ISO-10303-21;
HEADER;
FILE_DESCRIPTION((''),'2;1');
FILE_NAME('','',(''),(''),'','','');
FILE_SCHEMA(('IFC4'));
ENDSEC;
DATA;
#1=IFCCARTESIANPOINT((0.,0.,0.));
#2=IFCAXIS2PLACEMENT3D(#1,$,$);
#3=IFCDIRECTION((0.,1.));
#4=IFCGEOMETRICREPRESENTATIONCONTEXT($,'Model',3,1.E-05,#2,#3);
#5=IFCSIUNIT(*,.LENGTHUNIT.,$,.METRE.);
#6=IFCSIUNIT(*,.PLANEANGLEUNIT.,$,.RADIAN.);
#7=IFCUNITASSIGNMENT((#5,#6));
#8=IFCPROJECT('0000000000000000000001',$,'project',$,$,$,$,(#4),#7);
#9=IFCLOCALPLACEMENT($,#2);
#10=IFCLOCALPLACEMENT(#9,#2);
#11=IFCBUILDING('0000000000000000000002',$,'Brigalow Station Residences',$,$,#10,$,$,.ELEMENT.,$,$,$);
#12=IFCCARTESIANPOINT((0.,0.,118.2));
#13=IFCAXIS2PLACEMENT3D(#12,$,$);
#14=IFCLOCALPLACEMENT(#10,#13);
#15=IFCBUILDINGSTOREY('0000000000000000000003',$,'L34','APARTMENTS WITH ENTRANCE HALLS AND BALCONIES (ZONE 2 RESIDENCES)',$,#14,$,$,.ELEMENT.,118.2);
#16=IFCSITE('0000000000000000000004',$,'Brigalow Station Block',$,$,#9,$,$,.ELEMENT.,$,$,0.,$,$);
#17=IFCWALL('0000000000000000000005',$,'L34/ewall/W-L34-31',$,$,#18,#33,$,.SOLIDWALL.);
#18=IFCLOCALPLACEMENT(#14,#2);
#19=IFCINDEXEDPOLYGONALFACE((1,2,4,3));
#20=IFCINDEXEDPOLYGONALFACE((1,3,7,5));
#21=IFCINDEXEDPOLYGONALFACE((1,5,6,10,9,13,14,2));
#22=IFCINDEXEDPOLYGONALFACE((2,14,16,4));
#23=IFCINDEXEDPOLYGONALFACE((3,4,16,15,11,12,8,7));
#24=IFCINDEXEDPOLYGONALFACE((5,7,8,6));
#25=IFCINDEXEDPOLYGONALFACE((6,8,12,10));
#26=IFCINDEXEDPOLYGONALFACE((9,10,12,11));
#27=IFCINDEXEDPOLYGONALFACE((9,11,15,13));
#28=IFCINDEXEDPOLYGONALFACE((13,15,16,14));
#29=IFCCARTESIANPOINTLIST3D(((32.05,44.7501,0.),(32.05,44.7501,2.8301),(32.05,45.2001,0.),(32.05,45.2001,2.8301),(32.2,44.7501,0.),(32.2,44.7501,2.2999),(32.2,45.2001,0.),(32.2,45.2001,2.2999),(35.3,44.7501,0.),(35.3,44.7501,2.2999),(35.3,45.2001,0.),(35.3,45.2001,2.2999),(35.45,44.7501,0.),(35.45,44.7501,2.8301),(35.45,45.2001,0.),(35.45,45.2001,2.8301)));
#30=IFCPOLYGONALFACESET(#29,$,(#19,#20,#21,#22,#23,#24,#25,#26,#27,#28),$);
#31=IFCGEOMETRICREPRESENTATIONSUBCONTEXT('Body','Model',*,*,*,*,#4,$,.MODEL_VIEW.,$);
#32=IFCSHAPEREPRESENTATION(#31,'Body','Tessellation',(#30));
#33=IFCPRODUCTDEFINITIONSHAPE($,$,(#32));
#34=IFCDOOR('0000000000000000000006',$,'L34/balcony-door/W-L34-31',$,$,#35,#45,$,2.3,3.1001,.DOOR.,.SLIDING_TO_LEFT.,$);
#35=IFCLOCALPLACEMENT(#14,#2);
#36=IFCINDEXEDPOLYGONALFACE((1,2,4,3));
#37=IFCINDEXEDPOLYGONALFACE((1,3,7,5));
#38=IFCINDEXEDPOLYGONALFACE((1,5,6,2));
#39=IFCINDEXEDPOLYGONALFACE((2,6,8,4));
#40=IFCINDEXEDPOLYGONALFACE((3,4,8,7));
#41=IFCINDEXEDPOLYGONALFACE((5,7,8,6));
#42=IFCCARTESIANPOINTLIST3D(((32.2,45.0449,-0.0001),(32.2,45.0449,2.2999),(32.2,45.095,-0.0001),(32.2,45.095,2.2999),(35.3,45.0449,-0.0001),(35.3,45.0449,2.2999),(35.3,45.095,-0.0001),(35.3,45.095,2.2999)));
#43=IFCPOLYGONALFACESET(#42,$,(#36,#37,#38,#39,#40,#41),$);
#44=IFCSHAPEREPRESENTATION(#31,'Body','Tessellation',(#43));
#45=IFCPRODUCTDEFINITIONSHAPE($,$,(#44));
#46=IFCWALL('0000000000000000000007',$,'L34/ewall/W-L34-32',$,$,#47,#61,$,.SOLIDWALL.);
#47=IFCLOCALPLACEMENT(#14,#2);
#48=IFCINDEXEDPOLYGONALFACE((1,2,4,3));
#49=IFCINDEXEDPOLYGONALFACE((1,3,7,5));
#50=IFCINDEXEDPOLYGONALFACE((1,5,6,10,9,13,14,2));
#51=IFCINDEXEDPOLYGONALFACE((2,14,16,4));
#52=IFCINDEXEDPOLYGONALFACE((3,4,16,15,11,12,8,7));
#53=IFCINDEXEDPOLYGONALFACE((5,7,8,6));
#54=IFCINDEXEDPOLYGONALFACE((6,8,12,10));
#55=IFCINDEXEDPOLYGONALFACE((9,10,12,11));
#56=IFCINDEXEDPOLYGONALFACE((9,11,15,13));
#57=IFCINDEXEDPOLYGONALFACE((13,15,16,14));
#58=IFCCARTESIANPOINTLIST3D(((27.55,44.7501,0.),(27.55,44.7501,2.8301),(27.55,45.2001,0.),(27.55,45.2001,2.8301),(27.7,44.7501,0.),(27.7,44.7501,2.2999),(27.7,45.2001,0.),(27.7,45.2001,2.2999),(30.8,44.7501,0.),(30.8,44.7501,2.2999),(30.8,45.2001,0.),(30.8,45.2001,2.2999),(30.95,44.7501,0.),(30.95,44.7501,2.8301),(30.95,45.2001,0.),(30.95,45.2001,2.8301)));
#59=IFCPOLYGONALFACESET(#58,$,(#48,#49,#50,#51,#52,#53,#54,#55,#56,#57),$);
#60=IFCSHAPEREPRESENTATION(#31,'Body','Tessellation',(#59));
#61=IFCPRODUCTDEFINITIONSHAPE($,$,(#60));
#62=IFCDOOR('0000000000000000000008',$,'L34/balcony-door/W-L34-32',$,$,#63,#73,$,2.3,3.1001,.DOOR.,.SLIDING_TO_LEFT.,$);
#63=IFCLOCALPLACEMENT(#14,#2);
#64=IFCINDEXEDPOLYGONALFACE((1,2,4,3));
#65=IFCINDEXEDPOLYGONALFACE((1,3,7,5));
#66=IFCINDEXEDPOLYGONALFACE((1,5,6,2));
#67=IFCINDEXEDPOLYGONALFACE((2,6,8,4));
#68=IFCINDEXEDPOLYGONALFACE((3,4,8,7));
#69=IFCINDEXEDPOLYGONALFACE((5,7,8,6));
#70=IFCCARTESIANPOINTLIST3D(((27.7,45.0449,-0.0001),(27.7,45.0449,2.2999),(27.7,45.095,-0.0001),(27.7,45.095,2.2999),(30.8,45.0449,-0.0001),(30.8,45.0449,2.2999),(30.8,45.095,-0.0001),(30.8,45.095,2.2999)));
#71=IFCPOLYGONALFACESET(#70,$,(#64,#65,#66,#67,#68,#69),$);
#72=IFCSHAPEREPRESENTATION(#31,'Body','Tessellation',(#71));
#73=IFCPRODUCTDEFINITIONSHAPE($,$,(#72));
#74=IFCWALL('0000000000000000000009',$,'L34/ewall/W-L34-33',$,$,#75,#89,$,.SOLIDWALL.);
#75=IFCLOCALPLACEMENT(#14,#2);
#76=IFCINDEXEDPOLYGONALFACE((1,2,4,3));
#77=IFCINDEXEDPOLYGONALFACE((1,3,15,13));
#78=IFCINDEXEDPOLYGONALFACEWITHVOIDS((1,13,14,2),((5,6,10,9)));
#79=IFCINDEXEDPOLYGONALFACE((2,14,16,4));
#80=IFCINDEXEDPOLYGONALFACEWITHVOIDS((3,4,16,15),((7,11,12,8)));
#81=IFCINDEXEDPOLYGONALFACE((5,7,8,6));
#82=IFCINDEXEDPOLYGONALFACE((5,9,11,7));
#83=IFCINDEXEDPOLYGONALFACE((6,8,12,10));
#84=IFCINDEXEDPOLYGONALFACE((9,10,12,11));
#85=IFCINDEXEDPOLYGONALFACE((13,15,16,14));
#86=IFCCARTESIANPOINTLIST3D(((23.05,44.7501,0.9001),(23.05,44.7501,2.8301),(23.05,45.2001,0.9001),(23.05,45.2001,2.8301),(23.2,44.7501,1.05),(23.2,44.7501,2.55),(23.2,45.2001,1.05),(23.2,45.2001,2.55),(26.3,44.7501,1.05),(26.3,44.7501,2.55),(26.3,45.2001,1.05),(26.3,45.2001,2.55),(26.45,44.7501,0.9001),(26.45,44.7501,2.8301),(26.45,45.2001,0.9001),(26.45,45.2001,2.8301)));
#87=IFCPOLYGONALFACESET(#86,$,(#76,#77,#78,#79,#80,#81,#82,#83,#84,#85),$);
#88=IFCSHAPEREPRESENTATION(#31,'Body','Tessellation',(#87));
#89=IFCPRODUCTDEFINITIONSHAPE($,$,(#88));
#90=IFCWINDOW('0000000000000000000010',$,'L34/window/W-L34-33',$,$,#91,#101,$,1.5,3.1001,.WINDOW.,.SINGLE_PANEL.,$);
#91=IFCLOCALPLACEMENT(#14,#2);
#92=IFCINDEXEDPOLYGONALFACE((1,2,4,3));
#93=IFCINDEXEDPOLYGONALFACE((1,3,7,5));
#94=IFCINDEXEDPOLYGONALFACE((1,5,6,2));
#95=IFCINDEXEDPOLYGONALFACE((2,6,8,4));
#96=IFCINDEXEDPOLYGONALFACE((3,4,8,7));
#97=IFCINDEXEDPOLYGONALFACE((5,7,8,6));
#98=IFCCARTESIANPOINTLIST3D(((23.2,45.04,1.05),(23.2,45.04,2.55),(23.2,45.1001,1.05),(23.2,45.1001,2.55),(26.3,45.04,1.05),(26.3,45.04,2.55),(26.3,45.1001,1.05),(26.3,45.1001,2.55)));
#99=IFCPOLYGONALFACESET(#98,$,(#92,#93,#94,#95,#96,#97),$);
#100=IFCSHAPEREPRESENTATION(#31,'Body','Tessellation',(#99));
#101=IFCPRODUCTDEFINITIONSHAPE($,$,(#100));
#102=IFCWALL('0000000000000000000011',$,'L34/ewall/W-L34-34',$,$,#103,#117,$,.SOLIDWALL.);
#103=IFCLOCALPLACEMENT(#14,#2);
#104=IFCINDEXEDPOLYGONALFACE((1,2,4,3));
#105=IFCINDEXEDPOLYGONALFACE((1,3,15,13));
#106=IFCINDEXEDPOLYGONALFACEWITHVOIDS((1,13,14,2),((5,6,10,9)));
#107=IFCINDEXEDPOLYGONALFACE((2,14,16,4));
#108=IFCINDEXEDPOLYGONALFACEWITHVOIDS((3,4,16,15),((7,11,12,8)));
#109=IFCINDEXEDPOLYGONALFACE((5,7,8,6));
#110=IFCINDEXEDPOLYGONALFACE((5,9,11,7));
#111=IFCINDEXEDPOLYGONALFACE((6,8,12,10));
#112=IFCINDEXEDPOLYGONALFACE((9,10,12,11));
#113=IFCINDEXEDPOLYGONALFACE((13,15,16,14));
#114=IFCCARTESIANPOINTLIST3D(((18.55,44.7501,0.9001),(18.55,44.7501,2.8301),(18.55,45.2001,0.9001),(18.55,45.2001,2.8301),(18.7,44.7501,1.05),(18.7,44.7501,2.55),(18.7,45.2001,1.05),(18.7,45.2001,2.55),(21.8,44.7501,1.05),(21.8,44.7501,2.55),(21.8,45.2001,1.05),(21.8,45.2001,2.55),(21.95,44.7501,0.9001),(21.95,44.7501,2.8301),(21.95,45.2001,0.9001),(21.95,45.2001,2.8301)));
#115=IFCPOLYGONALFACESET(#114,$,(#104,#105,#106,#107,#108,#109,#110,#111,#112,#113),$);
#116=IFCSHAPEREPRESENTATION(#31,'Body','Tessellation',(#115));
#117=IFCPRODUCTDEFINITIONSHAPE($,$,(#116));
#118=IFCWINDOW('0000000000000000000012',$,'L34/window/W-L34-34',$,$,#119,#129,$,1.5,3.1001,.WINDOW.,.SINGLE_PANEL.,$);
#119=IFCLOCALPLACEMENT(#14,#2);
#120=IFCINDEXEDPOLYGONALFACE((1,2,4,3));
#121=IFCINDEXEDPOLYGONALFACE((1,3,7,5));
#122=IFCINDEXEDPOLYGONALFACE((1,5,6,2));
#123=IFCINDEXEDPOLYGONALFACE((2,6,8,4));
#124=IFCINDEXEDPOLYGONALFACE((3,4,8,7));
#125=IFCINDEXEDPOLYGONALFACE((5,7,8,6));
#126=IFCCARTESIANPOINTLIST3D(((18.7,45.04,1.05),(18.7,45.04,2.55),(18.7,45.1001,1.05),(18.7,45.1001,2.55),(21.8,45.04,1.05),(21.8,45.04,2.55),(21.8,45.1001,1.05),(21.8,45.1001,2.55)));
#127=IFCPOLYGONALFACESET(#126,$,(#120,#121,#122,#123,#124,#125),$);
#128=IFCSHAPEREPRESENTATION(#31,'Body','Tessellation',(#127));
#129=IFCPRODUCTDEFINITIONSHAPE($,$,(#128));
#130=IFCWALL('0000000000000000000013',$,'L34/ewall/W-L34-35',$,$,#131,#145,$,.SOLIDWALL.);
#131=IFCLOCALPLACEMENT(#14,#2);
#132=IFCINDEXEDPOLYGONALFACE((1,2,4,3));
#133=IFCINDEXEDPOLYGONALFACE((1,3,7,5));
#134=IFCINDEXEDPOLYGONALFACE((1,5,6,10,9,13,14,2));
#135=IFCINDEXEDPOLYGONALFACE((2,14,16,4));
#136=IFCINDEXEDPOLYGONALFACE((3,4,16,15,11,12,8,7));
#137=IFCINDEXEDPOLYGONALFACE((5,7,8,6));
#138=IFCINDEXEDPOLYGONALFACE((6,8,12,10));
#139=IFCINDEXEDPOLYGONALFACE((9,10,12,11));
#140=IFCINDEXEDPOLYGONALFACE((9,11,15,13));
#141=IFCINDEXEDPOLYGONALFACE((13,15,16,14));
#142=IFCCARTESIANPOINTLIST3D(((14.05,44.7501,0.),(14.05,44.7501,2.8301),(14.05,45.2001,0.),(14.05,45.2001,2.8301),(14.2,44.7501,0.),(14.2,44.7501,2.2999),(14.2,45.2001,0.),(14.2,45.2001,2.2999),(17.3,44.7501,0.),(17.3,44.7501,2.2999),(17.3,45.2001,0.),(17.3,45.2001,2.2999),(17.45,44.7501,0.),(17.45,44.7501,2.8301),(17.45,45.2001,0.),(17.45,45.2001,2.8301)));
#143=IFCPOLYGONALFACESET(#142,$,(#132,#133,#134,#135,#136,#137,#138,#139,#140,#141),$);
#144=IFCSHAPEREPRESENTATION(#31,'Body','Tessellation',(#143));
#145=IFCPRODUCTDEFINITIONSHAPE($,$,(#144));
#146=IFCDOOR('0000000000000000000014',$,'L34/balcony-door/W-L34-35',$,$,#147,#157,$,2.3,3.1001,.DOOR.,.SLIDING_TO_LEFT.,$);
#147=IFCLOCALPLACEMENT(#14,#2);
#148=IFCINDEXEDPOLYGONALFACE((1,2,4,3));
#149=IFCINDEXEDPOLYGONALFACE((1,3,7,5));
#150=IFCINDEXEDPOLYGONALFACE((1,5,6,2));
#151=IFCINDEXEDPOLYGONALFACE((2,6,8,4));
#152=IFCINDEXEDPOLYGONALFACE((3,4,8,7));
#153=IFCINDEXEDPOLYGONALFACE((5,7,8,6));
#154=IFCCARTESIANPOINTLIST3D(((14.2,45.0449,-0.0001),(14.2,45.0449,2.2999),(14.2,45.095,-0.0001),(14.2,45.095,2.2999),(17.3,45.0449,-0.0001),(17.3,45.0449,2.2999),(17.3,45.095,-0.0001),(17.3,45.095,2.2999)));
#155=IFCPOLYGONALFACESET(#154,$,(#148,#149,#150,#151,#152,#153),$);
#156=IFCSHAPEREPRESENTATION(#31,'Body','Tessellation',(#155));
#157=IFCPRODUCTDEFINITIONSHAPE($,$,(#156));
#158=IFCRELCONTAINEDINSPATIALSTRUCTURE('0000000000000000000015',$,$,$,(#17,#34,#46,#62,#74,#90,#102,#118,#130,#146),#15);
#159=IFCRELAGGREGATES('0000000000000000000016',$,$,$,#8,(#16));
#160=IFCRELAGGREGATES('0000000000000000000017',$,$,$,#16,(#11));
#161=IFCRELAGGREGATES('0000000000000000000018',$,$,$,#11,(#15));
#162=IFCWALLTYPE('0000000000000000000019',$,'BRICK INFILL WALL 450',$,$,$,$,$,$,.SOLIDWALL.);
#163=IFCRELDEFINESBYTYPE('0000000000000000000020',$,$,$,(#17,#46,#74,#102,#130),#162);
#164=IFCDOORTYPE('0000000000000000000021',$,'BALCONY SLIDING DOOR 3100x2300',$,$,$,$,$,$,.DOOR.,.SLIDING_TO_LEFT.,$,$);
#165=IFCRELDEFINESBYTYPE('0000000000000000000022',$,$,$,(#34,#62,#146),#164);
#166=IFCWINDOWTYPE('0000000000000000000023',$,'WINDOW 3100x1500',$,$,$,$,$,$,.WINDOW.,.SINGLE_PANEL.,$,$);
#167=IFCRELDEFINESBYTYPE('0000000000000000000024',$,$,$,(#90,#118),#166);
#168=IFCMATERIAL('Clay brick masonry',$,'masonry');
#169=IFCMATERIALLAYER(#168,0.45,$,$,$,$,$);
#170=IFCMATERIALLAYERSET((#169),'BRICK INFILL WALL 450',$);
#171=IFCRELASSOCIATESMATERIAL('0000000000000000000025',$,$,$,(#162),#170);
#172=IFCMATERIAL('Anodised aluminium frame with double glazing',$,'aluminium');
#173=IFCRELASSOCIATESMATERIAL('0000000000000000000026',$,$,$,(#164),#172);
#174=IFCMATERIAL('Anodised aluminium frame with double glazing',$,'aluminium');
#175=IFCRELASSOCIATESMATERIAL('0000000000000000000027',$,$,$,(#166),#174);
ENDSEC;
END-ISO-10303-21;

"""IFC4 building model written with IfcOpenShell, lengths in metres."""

from ifc_helpers import new_model, si_unit, direction, frame, frame_2d, origin, place, context, subcontext, project, spatial, rectangle, extrude, material, layer, layer_set, type_object, element, fill, save


model = new_model("IFC4")

# Units and contexts
model_context = context("Model", 3, precision=1e-05, world=origin(), true_north=direction((0.0, 1.0)))
body_context = subcontext(model_context, "Body", "Model", "MODEL_VIEW")
ifc_project = project(units=[si_unit("LENGTHUNIT", "METRE"), si_unit("PLANEANGLEUNIT", "RADIAN")], contexts=[model_context])

# Site, building, storey
site_placement = place(None, origin())
site = spatial("IfcSite", under=ifc_project, at=site_placement, Name="Brigalow Station Block", CompositionType="ELEMENT", RefElevation=0.0)
building_placement = place(site_placement, origin())
building = spatial("IfcBuilding", under=site, at=building_placement, Name="Brigalow Station Residences", CompositionType="ELEMENT")
storey_placement = place(building_placement, frame((0.0, 0.0, 118.2)))
storey = spatial("IfcBuildingStorey", under=building, at=storey_placement, Name="L34", Description="APARTMENTS WITH ENTRANCE HALLS AND BALCONIES (ZONE 2 RESIDENCES)", CompositionType="ELEMENT", Elevation=118.2)

# Walls, openings, doors
ifc_material_1 = material(Name="Clay brick masonry", Category="masonry")
ifc_layer_1 = layer(ifc_material_1, 0.45)
ifc_layer_set_1 = layer_set([ifc_layer_1], Name="BRICK INFILL WALL 450")
wall_type_1 = type_object("IfcWallType", Name="BRICK INFILL WALL 450", PredefinedType="SOLIDWALL", material=ifc_layer_set_1)
wall_1_placement = place(storey_placement, frame((35.45, 44.9751, 0.0), z_axis=(0.0, 0.0, 1.0), x_axis=(-1.0, 0.0, 0.0)))
wall_1 = element("IfcWall", 1, at=wall_1_placement, inside=storey, type_object=wall_type_1, Name="L34/ewall/W-L34-31", PredefinedType="SOLIDWALL", context=body_context, shape_type="SweptSolid", body=[
    extrude(rectangle(XDim=3.3999, YDim=0.45, at=frame_2d((1.7, 0.0))), origin(), (0.0, 0.0, 1.0), 2.8301),
])
opening_1_placement = place(wall_1_placement, frame((0.1499, 0.0, 0.0)))
opening_1 = element("IfcOpeningElement", 2, at=opening_1_placement, cuts=wall_1, PredefinedType="OPENING", context=body_context, shape_type="SweptSolid", body=[
    extrude(rectangle(XDim=3.1001, YDim=2.3, at=frame_2d((1.55, 1.1499))), frame((0.0, 0.2349, 0.0), z_axis=(0.0, -1.0, 0.0), x_axis=(1.0, 0.0, 0.0)), (0.0, 0.0, 1.0), 0.47),
])
ifc_material_2 = material(Name="Anodised aluminium frame with double glazing", Category="aluminium")
door_type_1 = type_object("IfcDoorType", Name="BALCONY SLIDING DOOR 3100x2300", OperationType="SLIDING_TO_LEFT", PredefinedType="DOOR", material=ifc_material_2)
door_1_placement = place(opening_1_placement, origin())
door_1 = element("IfcDoor", 3, at=door_1_placement, inside=storey, type_object=door_type_1, Name="L34/balcony-door/W-L34-31", OperationType="SLIDING_TO_LEFT", OverallHeight=2.3, OverallWidth=3.1001, PredefinedType="DOOR", context=body_context, shape_type="SweptSolid", body=[
    extrude(rectangle(XDim=3.1001, YDim=2.3, at=frame_2d((1.55, 1.1499))), frame((0.0, -0.0698, 0.0), z_axis=(0.0, -1.0, 0.0), x_axis=(1.0, 0.0, 0.0)), (0.0, 0.0, 1.0), 0.05),
])
fill(opening_1, door_1)
wall_2_placement = place(storey_placement, frame((30.95, 44.9751, 0.0), z_axis=(0.0, 0.0, 1.0), x_axis=(-1.0, 0.0, 0.0)))
wall_2 = element("IfcWall", 4, at=wall_2_placement, inside=storey, type_object=wall_type_1, Name="L34/ewall/W-L34-32", PredefinedType="SOLIDWALL", context=body_context, shape_type="SweptSolid", body=[
    extrude(rectangle(XDim=3.3999, YDim=0.45, at=frame_2d((1.7, 0.0))), origin(), (0.0, 0.0, 1.0), 2.8301),
])
opening_2_placement = place(wall_2_placement, frame((0.1499, 0.0, 0.0)))
opening_2 = element("IfcOpeningElement", 5, at=opening_2_placement, cuts=wall_2, PredefinedType="OPENING", context=body_context, shape_type="SweptSolid", body=[
    extrude(rectangle(XDim=3.1001, YDim=2.3, at=frame_2d((1.55, 1.1499))), frame((0.0, 0.2349, 0.0), z_axis=(0.0, -1.0, 0.0), x_axis=(1.0, 0.0, 0.0)), (0.0, 0.0, 1.0), 0.47),
])
door_2_placement = place(opening_2_placement, origin())
door_2 = element("IfcDoor", 6, at=door_2_placement, inside=storey, type_object=door_type_1, Name="L34/balcony-door/W-L34-32", OperationType="SLIDING_TO_LEFT", OverallHeight=2.3, OverallWidth=3.1001, PredefinedType="DOOR", context=body_context, shape_type="SweptSolid", body=[
    extrude(rectangle(XDim=3.1001, YDim=2.3, at=frame_2d((1.55, 1.1499))), frame((0.0, -0.0698, 0.0), z_axis=(0.0, -1.0, 0.0), x_axis=(1.0, 0.0, 0.0)), (0.0, 0.0, 1.0), 0.05),
])
fill(opening_2, door_2)

# Walls, openings, windows
wall_3_placement = place(storey_placement, frame((26.45, 44.9751, 0.9001), z_axis=(0.0, 0.0, 1.0), x_axis=(-1.0, 0.0, 0.0)))
wall_3 = element("IfcWall", 7, at=wall_3_placement, inside=storey, type_object=wall_type_1, Name="L34/ewall/W-L34-33", PredefinedType="SOLIDWALL", context=body_context, shape_type="SweptSolid", body=[
    extrude(rectangle(XDim=3.3999, YDim=0.45, at=frame_2d((1.7, 0.0))), origin(), (0.0, 0.0, 1.0), 1.9299),
])
opening_3_placement = place(wall_3_placement, frame((0.1499, 0.0, 0.1499)))
opening_3 = element("IfcOpeningElement", 8, at=opening_3_placement, cuts=wall_3, PredefinedType="OPENING", context=body_context, shape_type="SweptSolid", body=[
    extrude(rectangle(XDim=3.1001, YDim=1.5, at=frame_2d((1.55, 0.75))), frame((0.0, 0.2349, 0.0), z_axis=(0.0, -1.0, 0.0), x_axis=(1.0, 0.0, 0.0)), (0.0, 0.0, 1.0), 0.47),
])
ifc_material_3 = material(Name="Anodised aluminium frame with double glazing", Category="aluminium")
window_type = type_object("IfcWindowType", Name="WINDOW 3100x1500", PartitioningType="SINGLE_PANEL", PredefinedType="WINDOW", material=ifc_material_3)
window_1_placement = place(opening_3_placement, origin())
window_1 = element("IfcWindow", 9, at=window_1_placement, inside=storey, type_object=window_type, Name="L34/window/W-L34-33", OverallHeight=1.5, OverallWidth=3.1001, PartitioningType="SINGLE_PANEL", PredefinedType="WINDOW", context=body_context, shape_type="SweptSolid", body=[
    extrude(rectangle(XDim=3.1001, YDim=1.5, at=frame_2d((1.55, 0.75))), frame((0.0, -0.0649, 0.0), z_axis=(0.0, -1.0, 0.0), x_axis=(1.0, 0.0, 0.0)), (0.0, 0.0, 1.0), 0.0601),
])
fill(opening_3, window_1)
wall_4_placement = place(storey_placement, frame((21.95, 44.9751, 0.9001), z_axis=(0.0, 0.0, 1.0), x_axis=(-1.0, 0.0, 0.0)))
wall_4 = element("IfcWall", 10, at=wall_4_placement, inside=storey, type_object=wall_type_1, Name="L34/ewall/W-L34-34", PredefinedType="SOLIDWALL", context=body_context, shape_type="SweptSolid", body=[
    extrude(rectangle(XDim=3.3999, YDim=0.45, at=frame_2d((1.7, 0.0))), origin(), (0.0, 0.0, 1.0), 1.9299),
])
opening_4_placement = place(wall_4_placement, frame((0.1499, 0.0, 0.1499)))
opening_4 = element("IfcOpeningElement", 11, at=opening_4_placement, cuts=wall_4, PredefinedType="OPENING", context=body_context, shape_type="SweptSolid", body=[
    extrude(rectangle(XDim=3.1001, YDim=1.5, at=frame_2d((1.55, 0.75))), frame((0.0, 0.2349, 0.0), z_axis=(0.0, -1.0, 0.0), x_axis=(1.0, 0.0, 0.0)), (0.0, 0.0, 1.0), 0.47),
])
window_2_placement = place(opening_4_placement, origin())
window_2 = element("IfcWindow", 12, at=window_2_placement, inside=storey, type_object=window_type, Name="L34/window/W-L34-34", OverallHeight=1.5, OverallWidth=3.1001, PartitioningType="SINGLE_PANEL", PredefinedType="WINDOW", context=body_context, shape_type="SweptSolid", body=[
    extrude(rectangle(XDim=3.1001, YDim=1.5, at=frame_2d((1.55, 0.75))), frame((0.0, -0.0649, 0.0), z_axis=(0.0, -1.0, 0.0), x_axis=(1.0, 0.0, 0.0)), (0.0, 0.0, 1.0), 0.0601),
])
fill(opening_4, window_2)

# Wall, opening, door
wall_5_placement = place(storey_placement, frame((17.45, 44.9751, 0.0), z_axis=(0.0, 0.0, 1.0), x_axis=(-1.0, 0.0, 0.0)))
wall_5 = element("IfcWall", 13, at=wall_5_placement, inside=storey, type_object=wall_type_1, Name="L34/ewall/W-L34-35", PredefinedType="SOLIDWALL", context=body_context, shape_type="SweptSolid", body=[
    extrude(rectangle(XDim=3.3999, YDim=0.45, at=frame_2d((1.7, 0.0))), origin(), (0.0, 0.0, 1.0), 2.8301),
])
opening_5_placement = place(wall_5_placement, frame((0.1499, 0.0, 0.0)))
opening_5 = element("IfcOpeningElement", 14, at=opening_5_placement, cuts=wall_5, PredefinedType="OPENING", context=body_context, shape_type="SweptSolid", body=[
    extrude(rectangle(XDim=3.1001, YDim=2.3, at=frame_2d((1.55, 1.1499))), frame((0.0, 0.2349, 0.0), z_axis=(0.0, -1.0, 0.0), x_axis=(1.0, 0.0, 0.0)), (0.0, 0.0, 1.0), 0.47),
])
door_3_placement = place(opening_5_placement, origin())
door_3 = element("IfcDoor", 15, at=door_3_placement, inside=storey, type_object=door_type_1, Name="L34/balcony-door/W-L34-35", OperationType="SLIDING_TO_LEFT", OverallHeight=2.3, OverallWidth=3.1001, PredefinedType="DOOR", context=body_context, shape_type="SweptSolid", body=[
    extrude(rectangle(XDim=3.1001, YDim=2.3, at=frame_2d((1.55, 1.1499))), frame((0.0, -0.0698, 0.0), z_axis=(0.0, -1.0, 0.0), x_axis=(1.0, 0.0, 0.0)), (0.0, 0.0, 1.0), 0.05),
])
fill(opening_5, door_3)

save(model, "model.ifc")
